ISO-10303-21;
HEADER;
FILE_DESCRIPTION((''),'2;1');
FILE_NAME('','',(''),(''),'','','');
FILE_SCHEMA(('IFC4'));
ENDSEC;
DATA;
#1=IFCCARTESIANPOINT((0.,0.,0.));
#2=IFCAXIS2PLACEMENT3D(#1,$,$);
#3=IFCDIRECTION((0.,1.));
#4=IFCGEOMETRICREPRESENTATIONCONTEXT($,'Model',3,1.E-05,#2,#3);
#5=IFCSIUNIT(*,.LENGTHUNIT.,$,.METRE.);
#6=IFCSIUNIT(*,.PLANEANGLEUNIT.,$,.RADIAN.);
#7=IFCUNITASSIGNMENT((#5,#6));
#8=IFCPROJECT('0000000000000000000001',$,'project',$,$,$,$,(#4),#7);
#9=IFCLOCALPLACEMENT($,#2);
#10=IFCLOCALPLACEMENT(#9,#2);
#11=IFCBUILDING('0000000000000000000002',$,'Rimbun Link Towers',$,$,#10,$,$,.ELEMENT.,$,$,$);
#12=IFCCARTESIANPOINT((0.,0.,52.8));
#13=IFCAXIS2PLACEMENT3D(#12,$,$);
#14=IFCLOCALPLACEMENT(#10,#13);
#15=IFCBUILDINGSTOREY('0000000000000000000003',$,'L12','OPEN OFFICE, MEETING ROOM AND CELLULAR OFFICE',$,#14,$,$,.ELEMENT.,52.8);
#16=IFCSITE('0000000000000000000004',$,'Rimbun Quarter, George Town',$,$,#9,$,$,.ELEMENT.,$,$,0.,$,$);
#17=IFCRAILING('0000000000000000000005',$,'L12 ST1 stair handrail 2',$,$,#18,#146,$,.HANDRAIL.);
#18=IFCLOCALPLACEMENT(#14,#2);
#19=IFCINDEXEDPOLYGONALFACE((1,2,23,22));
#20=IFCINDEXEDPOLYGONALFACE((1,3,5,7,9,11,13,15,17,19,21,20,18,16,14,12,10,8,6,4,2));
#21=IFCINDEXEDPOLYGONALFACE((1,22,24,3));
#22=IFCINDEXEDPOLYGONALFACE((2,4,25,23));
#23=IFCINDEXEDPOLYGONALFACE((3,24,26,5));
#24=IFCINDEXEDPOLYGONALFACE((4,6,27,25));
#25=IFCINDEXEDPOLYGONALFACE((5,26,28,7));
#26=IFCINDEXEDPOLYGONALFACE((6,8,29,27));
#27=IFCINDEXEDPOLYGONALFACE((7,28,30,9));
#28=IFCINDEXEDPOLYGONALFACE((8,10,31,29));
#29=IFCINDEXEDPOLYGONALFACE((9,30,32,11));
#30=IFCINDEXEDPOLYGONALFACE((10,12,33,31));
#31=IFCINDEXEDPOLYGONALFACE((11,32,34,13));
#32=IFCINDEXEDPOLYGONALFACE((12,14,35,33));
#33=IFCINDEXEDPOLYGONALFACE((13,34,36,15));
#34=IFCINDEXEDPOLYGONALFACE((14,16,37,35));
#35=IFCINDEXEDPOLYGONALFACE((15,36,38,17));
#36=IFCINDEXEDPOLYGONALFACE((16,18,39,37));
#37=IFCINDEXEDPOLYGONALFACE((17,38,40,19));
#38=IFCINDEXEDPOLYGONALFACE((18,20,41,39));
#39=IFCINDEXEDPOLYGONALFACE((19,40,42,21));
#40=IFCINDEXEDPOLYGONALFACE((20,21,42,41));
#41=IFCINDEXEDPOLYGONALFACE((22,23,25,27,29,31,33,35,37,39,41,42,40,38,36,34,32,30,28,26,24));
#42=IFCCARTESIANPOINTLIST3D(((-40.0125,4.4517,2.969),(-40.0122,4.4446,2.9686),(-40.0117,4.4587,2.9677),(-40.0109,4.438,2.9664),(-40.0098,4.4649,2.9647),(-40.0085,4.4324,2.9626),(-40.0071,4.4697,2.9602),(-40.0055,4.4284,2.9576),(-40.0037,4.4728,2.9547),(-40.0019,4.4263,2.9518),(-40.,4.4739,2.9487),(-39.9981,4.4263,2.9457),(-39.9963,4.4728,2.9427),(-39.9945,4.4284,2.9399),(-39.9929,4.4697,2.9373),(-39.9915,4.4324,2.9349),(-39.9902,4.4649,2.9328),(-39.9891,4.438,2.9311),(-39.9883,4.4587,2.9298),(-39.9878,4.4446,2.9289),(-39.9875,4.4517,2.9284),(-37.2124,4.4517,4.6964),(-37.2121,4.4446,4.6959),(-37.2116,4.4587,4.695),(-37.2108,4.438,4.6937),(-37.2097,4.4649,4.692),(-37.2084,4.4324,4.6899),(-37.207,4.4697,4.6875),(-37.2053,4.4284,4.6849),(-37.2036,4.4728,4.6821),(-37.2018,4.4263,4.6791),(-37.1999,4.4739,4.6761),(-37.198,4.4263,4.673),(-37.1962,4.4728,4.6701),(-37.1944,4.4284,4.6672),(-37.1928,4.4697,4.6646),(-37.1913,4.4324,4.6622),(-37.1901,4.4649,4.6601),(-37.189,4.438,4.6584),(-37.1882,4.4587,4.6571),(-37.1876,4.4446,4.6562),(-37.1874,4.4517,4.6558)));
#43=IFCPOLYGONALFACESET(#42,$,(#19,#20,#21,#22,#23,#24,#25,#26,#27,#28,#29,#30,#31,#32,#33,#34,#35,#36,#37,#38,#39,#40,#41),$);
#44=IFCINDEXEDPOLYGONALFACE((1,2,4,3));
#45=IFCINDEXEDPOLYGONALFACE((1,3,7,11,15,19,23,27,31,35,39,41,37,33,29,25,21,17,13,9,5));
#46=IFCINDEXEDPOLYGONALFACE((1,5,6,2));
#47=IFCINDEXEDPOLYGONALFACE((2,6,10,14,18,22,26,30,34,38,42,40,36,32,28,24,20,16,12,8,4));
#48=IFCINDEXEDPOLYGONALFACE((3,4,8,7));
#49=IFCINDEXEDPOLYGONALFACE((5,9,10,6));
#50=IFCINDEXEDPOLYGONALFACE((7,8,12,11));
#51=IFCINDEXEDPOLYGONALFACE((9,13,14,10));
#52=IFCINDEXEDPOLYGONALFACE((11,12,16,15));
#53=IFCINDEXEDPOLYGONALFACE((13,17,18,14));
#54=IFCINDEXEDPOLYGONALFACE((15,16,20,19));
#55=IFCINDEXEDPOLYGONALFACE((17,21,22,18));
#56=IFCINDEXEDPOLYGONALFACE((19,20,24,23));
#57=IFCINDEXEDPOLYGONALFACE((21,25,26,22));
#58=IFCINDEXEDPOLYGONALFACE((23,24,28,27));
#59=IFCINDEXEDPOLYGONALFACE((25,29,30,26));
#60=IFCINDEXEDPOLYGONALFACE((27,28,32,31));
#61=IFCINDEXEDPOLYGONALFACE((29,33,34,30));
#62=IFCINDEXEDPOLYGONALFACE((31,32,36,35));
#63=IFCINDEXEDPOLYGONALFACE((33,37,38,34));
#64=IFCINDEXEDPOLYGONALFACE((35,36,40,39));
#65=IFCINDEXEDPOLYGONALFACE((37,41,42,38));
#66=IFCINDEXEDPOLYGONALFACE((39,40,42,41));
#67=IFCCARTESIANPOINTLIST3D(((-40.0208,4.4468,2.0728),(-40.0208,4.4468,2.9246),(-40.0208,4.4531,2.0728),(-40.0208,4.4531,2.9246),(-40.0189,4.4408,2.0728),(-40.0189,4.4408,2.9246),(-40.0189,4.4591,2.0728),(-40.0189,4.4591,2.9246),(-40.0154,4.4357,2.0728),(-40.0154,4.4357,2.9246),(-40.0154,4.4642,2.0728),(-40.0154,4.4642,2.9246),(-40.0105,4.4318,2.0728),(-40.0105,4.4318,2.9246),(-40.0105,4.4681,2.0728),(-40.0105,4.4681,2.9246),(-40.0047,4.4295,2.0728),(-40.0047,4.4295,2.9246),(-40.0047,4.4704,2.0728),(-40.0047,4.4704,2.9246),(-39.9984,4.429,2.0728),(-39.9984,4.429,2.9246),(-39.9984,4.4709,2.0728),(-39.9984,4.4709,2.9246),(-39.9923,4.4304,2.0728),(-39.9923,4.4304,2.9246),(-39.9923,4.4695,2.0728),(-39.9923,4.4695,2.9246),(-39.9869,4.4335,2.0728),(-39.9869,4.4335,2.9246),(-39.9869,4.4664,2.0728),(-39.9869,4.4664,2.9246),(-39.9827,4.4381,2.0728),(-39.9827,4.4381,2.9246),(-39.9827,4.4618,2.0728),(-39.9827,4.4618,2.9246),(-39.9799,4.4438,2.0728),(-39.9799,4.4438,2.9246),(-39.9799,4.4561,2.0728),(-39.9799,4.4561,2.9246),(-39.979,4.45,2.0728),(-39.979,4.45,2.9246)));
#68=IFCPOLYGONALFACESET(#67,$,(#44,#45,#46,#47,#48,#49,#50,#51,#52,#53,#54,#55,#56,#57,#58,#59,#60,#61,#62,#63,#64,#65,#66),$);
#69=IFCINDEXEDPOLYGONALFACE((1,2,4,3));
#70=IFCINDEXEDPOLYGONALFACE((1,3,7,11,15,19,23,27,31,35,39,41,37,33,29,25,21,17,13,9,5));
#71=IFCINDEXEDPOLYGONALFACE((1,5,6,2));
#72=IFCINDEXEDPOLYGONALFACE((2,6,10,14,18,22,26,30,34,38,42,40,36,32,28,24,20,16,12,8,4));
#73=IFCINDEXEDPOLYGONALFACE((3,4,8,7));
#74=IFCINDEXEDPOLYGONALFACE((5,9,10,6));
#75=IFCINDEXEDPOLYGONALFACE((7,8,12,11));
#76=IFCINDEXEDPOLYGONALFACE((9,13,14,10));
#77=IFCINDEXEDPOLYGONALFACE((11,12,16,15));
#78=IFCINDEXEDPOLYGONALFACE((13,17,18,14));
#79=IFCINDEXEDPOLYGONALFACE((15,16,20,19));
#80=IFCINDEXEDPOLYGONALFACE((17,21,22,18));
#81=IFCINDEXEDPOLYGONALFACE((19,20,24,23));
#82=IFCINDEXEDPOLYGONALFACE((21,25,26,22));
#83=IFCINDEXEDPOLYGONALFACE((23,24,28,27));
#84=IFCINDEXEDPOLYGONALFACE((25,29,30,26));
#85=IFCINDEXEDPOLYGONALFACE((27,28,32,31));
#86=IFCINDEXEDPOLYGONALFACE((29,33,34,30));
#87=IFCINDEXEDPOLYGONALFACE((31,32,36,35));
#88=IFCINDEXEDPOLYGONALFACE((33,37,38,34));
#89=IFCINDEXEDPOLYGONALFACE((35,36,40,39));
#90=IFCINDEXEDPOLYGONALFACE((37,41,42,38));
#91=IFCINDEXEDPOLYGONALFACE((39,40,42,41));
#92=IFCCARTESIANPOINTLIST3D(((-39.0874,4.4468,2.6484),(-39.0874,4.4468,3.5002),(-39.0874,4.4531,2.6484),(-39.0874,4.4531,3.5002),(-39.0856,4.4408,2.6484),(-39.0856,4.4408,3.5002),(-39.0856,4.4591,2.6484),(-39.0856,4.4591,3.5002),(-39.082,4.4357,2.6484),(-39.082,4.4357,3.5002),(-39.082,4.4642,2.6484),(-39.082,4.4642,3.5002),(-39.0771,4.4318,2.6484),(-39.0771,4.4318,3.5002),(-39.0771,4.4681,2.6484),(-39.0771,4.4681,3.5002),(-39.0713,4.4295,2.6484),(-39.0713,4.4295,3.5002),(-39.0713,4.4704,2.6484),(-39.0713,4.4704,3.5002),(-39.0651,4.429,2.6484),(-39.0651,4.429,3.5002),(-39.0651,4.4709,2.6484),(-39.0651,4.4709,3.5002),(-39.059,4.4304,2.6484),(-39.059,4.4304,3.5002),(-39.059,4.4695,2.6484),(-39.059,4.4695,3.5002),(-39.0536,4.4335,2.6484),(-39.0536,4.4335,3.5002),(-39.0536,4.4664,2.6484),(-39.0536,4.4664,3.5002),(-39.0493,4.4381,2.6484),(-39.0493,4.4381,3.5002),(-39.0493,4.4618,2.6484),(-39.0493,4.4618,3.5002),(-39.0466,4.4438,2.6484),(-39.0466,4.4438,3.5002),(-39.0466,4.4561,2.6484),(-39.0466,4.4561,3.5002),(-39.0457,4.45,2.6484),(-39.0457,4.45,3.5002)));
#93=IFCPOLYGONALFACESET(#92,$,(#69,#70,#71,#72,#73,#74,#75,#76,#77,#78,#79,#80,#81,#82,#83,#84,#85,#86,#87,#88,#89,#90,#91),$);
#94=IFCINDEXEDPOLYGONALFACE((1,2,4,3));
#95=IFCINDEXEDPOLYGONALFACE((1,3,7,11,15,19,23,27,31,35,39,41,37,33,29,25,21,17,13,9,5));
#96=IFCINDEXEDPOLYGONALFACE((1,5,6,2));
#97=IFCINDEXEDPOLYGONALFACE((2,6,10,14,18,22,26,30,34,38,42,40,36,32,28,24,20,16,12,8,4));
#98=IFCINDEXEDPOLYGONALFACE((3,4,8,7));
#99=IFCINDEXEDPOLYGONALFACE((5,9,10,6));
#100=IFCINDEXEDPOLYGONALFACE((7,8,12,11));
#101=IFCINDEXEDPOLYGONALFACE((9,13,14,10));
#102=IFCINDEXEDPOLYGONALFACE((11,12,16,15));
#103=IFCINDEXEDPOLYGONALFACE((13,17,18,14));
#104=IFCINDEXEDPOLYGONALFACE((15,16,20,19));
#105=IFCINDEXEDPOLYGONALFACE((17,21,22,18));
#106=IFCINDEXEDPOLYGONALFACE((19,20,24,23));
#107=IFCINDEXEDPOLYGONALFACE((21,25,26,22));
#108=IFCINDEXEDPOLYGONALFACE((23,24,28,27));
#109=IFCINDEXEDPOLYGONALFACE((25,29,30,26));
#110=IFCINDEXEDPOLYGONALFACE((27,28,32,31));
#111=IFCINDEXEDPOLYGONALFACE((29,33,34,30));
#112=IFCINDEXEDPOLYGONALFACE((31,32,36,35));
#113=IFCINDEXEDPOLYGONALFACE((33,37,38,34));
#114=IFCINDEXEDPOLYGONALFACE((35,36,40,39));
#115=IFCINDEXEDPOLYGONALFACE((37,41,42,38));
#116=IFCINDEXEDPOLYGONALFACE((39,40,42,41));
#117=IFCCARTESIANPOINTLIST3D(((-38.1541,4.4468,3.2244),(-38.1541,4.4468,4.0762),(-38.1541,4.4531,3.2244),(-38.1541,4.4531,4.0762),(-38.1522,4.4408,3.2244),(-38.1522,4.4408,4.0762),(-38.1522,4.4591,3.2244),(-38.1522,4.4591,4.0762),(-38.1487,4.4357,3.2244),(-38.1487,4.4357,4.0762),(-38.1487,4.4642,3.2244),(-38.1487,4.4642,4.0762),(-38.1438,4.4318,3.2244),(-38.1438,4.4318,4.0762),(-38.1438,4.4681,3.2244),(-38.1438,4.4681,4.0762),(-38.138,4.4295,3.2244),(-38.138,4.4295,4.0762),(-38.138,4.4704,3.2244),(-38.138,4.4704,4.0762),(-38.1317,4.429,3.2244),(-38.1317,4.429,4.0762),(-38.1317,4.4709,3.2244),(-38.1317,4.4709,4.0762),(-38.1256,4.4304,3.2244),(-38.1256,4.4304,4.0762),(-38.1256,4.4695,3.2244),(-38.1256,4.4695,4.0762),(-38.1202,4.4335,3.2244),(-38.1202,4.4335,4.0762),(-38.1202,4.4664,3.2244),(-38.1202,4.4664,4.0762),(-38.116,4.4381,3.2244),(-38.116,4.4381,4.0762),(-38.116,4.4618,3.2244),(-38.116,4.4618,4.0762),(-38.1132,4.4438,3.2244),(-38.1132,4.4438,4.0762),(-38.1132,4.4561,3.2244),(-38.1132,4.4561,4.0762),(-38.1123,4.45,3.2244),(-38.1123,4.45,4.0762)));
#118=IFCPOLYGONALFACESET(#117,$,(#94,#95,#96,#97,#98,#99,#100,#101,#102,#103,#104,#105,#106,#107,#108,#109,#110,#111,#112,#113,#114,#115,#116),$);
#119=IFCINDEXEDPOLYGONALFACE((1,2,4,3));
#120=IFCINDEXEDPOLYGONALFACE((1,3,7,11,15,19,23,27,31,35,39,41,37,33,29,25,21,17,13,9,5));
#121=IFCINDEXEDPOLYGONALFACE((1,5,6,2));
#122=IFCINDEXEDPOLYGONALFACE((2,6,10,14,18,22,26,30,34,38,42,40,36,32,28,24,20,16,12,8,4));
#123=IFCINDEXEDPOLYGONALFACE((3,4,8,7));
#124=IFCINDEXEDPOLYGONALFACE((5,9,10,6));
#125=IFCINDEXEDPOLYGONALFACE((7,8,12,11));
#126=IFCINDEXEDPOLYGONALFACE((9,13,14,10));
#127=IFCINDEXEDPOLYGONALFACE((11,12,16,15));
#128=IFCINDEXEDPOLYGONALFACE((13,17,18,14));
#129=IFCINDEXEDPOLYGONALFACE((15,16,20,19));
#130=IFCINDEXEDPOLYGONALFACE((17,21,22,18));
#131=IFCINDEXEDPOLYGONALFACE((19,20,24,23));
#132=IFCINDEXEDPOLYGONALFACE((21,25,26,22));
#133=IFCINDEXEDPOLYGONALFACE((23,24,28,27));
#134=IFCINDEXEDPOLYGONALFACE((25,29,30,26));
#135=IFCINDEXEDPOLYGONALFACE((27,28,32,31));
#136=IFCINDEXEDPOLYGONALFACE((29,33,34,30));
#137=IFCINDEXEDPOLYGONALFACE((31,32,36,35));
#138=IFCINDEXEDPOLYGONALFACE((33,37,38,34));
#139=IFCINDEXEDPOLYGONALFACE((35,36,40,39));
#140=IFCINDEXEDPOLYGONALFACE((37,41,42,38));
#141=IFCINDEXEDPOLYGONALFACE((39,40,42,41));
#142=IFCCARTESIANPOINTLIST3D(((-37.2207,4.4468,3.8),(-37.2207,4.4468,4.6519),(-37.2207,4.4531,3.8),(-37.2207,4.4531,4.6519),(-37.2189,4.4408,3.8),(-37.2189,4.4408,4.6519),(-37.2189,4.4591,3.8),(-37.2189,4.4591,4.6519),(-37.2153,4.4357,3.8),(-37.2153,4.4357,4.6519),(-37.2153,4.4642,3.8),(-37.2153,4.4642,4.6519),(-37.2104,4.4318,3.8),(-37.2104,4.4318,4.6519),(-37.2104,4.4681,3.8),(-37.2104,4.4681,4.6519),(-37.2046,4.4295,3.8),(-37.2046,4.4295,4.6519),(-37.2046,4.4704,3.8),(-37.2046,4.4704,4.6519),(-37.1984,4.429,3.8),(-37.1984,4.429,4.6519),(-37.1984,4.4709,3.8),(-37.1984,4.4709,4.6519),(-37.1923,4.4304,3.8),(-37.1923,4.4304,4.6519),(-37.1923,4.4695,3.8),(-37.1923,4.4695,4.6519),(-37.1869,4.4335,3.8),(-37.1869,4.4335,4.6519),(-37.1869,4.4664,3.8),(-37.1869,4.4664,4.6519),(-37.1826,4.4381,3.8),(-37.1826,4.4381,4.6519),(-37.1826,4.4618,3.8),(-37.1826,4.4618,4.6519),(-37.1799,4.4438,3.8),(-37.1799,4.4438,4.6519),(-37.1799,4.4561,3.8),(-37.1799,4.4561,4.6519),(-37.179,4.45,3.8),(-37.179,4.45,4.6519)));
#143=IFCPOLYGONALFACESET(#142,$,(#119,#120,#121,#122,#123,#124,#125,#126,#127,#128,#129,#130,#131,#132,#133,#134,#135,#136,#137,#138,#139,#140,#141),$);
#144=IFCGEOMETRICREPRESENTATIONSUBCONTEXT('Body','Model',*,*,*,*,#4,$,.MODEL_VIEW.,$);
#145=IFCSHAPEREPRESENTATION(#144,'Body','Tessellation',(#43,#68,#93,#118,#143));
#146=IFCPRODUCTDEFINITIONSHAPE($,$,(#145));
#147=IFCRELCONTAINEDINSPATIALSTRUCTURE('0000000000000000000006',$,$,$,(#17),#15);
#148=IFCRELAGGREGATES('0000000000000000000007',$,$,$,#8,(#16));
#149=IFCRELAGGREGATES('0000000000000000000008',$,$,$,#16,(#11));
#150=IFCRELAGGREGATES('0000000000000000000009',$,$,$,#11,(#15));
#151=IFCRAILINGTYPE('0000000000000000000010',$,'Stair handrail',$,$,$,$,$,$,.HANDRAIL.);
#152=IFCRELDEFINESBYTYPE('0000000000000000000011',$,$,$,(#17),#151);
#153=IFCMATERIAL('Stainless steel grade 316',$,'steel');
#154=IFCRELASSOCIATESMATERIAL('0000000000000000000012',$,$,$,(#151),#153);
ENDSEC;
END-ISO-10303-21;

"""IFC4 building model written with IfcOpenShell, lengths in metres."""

from ifc_helpers import new_model, si_unit, direction, frame, origin, origin_2d, place, context, subcontext, project, spatial, circle, extrude, material, type_object, element, save


model = new_model("IFC4")

# Units and contexts
model_context = context("Model", 3, precision=1e-05, world=origin(), true_north=direction((0.0, 1.0)))
body_context = subcontext(model_context, "Body", "Model", "MODEL_VIEW")
ifc_project = project(units=[si_unit("LENGTHUNIT", "METRE"), si_unit("PLANEANGLEUNIT", "RADIAN")], contexts=[model_context])

# Site, building, storey
site_placement = place(None, origin())
site = spatial("IfcSite", under=ifc_project, at=site_placement, Name="Rimbun Quarter, George Town", CompositionType="ELEMENT", RefElevation=0.0)
building_placement = place(site_placement, origin())
building = spatial("IfcBuilding", under=site, at=building_placement, Name="Rimbun Link Towers", CompositionType="ELEMENT")
storey_placement = place(building_placement, frame((0.0, 0.0, 52.8)))
storey = spatial("IfcBuildingStorey", under=building, at=storey_placement, Name="L12", Description="OPEN OFFICE, MEETING ROOM AND CELLULAR OFFICE", CompositionType="ELEMENT", Elevation=52.8)

# Railing
ifc_material_1 = material(Name="Stainless steel grade 316", Category="steel")
railing_type_1 = type_object("IfcRailingType", Name="Stair handrail", PredefinedType="HANDRAIL", material=ifc_material_1)
railing_1_placement = place(storey_placement, frame((-40.0, 4.45, 2.0728)))
element("IfcRailing", 1, at=railing_1_placement, inside=storey, type_object=railing_type_1, Name="L12 ST1 stair handrail 2", PredefinedType="HANDRAIL", context=body_context, shape_type="SweptSolid", body=[
    extrude(circle(Radius=0.0239, at=origin_2d()), frame((0.0, 0.0, 0.876), z_axis=(0.85109, 0.0, 0.52502), x_axis=(0.0, 1.0, 0.0)), (0.0, 0.0, 1.0), 3.29),
    extrude(circle(Radius=0.021, at=origin_2d()), origin(), (0.0, 0.0, 1.0), 0.8518),
    extrude(circle(Radius=0.021, at=origin_2d()), frame((0.9333, 0.0, 0.5757)), (0.0, 0.0, 1.0), 0.8518),
    extrude(circle(Radius=0.021, at=origin_2d()), frame((1.8667, 0.0, 1.1516)), (0.0, 0.0, 1.0), 0.8518),
    extrude(circle(Radius=0.021, at=origin_2d()), frame((2.8, 0.0, 1.7273)), (0.0, 0.0, 1.0), 0.8518),
])

save(model, "model.ifc")
